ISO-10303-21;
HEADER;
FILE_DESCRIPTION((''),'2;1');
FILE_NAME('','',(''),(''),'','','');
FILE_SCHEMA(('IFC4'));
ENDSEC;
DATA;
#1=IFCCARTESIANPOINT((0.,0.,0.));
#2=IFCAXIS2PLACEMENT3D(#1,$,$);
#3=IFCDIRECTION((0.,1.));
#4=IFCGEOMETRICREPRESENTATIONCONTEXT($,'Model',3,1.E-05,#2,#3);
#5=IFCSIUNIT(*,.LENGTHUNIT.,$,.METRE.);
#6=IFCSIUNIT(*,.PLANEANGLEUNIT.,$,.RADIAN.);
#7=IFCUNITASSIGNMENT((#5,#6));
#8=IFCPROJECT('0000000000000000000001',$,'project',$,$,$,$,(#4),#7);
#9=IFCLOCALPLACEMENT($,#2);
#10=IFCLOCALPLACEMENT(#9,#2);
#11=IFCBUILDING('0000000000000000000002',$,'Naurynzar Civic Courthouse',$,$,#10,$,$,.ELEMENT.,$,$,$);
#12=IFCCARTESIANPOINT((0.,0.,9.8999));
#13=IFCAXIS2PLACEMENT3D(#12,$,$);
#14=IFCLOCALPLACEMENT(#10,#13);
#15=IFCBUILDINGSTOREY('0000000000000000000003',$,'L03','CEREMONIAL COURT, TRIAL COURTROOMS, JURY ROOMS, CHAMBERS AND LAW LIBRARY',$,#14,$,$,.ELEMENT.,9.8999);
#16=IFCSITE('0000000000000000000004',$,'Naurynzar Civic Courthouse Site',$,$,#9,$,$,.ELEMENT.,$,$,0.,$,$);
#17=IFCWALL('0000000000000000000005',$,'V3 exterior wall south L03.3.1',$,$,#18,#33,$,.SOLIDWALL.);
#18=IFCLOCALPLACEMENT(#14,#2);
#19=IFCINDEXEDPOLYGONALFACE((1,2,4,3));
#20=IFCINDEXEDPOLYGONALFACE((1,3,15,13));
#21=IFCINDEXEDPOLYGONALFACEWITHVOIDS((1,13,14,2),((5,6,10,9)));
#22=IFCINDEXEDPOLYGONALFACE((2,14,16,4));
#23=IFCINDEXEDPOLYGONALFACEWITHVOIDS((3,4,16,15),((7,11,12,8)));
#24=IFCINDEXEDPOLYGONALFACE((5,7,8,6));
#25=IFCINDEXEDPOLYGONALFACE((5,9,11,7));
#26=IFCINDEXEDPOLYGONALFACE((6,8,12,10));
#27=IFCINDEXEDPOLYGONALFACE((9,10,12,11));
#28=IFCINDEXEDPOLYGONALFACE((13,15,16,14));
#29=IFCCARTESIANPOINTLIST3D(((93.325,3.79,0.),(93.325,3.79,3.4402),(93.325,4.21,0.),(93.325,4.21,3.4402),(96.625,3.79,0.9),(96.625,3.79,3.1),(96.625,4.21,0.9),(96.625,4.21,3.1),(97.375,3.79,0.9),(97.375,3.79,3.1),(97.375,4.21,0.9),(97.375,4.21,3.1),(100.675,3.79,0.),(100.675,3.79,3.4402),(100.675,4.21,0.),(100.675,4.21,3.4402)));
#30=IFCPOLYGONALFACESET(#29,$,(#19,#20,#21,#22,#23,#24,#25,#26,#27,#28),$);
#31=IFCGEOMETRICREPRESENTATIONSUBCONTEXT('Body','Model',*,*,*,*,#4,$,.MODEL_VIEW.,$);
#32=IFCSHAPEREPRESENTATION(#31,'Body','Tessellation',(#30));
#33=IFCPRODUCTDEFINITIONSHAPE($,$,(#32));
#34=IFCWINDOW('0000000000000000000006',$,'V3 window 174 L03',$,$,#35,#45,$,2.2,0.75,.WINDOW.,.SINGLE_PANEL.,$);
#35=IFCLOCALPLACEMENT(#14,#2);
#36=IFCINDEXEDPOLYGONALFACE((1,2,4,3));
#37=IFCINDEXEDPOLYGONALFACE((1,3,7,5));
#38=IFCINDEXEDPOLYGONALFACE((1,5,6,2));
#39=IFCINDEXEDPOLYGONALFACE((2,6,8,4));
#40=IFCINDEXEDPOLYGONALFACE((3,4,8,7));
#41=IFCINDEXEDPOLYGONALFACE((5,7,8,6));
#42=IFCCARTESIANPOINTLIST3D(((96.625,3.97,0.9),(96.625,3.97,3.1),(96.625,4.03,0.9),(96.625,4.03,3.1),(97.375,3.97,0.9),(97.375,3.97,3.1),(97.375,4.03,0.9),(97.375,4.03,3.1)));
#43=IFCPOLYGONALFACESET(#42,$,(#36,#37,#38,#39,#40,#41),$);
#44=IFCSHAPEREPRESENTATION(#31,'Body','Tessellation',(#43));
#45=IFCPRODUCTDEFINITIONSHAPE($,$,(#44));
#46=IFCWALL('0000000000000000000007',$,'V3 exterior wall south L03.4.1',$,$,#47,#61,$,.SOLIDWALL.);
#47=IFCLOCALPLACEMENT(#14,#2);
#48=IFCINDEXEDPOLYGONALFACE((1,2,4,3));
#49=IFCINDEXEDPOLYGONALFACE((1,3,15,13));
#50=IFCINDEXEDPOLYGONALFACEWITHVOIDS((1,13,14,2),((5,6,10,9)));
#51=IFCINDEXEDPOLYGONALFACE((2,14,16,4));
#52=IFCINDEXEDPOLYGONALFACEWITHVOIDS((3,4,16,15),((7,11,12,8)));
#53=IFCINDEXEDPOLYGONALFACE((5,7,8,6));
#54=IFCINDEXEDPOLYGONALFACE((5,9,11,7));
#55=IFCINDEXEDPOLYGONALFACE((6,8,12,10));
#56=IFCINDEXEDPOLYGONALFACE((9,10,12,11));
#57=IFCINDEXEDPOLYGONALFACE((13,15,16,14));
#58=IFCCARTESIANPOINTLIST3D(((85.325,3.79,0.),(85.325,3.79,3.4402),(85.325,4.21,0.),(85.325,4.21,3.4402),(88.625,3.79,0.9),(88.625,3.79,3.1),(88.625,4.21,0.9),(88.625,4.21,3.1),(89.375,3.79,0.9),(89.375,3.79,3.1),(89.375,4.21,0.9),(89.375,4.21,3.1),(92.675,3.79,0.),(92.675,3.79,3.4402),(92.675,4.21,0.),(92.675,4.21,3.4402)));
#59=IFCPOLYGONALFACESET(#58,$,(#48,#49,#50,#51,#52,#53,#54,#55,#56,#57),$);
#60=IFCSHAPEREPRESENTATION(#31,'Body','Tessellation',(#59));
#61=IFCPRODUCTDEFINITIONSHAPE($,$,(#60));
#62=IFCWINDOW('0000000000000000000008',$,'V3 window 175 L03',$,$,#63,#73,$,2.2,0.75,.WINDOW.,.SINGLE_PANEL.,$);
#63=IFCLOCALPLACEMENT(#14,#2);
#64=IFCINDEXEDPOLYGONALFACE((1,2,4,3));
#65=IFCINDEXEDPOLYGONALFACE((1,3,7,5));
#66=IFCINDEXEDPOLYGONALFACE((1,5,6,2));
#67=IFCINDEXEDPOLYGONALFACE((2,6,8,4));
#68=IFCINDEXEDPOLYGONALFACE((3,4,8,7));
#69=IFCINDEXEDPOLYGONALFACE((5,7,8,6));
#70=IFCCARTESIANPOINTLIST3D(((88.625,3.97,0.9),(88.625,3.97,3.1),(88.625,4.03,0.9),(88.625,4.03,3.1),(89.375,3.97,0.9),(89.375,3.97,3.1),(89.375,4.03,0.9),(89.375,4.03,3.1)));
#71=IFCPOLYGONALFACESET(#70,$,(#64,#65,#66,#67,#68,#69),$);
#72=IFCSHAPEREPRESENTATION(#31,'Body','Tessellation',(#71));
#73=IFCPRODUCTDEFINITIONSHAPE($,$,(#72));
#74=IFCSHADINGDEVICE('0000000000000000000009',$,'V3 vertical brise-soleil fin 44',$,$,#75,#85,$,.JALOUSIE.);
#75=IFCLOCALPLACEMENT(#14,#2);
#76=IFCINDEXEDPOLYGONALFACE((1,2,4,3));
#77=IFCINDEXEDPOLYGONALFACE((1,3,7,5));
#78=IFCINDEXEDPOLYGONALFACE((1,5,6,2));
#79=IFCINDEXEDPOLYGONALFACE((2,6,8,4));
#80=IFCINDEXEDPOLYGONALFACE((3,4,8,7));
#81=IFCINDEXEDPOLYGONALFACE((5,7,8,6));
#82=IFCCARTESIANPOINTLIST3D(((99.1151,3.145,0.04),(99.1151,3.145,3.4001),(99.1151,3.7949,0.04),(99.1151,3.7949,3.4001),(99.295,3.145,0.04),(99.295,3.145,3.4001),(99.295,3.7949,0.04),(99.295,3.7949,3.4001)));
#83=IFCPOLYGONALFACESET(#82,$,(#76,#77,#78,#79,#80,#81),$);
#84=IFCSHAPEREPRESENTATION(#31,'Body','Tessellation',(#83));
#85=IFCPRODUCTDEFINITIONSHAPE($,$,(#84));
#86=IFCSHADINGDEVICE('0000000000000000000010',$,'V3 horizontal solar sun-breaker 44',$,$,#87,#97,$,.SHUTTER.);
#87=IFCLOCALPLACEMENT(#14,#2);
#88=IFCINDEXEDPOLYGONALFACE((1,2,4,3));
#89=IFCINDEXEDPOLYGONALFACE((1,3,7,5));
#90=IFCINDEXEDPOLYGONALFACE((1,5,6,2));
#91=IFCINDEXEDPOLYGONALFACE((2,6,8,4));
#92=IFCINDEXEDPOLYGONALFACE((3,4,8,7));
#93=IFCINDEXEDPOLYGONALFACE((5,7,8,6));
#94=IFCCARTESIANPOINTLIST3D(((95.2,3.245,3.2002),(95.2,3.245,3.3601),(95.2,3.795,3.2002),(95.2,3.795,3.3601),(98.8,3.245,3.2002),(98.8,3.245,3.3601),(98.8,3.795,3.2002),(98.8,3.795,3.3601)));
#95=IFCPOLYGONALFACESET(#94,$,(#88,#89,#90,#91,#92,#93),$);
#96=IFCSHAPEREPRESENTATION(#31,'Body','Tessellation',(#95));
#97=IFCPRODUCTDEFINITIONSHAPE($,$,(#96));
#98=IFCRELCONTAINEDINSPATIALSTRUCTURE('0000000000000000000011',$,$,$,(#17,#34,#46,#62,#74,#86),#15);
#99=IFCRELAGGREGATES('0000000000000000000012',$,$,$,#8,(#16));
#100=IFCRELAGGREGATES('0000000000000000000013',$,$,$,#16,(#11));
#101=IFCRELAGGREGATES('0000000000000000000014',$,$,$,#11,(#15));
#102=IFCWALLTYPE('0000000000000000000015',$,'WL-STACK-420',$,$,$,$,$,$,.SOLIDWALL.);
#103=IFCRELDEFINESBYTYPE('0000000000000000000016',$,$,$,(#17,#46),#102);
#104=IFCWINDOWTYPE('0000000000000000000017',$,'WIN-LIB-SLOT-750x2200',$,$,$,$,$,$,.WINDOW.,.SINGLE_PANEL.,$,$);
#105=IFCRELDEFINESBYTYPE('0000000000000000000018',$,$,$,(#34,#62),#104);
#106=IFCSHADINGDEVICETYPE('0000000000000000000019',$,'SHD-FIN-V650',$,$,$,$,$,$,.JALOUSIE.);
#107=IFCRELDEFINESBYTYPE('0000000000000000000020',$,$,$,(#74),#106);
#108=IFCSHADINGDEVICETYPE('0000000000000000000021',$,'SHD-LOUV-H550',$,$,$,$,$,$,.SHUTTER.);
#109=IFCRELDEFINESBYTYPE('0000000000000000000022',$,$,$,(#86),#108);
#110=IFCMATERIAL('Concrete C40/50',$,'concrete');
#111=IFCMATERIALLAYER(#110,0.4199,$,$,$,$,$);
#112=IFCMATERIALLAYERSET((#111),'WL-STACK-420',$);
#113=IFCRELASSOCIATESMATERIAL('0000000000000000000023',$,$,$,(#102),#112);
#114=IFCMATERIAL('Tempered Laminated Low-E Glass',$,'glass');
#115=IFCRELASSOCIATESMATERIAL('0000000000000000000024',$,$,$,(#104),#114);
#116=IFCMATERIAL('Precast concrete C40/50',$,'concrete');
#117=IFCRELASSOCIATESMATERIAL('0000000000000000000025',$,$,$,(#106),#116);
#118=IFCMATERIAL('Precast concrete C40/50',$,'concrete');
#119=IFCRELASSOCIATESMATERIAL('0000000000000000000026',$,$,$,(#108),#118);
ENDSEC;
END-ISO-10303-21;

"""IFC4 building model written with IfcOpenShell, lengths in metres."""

from ifc_helpers import new_model, si_unit, direction, frame, frame_2d, origin, origin_2d, place, context, subcontext, project, spatial, rectangle, extrude, material, layer, layer_set, type_object, element, fill, save


model = new_model("IFC4")

# Units and contexts
model_context = context("Model", 3, precision=1e-05, world=origin(), true_north=direction((0.0, 1.0)))
body_context = subcontext(model_context, "Body", "Model", "MODEL_VIEW")
ifc_project = project(units=[si_unit("LENGTHUNIT", "METRE"), si_unit("PLANEANGLEUNIT", "RADIAN")], contexts=[model_context])

# Site, building, storey
site_placement = place(None, origin())
site = spatial("IfcSite", under=ifc_project, at=site_placement, Name="Naurynzar Civic Courthouse Site", CompositionType="ELEMENT", RefElevation=0.0)
building_placement = place(site_placement, origin())
building = spatial("IfcBuilding", under=site, at=building_placement, Name="Naurynzar Civic Courthouse", CompositionType="ELEMENT")
storey_placement = place(building_placement, frame((0.0, 0.0, 9.8999)))
storey = spatial("IfcBuildingStorey", under=building, at=storey_placement, Name="L03", Description="CEREMONIAL COURT, TRIAL COURTROOMS, JURY ROOMS, CHAMBERS AND LAW LIBRARY", CompositionType="ELEMENT", Elevation=9.8999)

# Walls, openings, windows
ifc_material_1 = material(Name="Concrete C40/50", Category="concrete")
ifc_layer_1 = layer(ifc_material_1, 0.4199)
ifc_layer_set_1 = layer_set([ifc_layer_1], Name="WL-STACK-420")
wall_type_1 = type_object("IfcWallType", Name="WL-STACK-420", PredefinedType="SOLIDWALL", material=ifc_layer_set_1)
wall_1_placement = place(storey_placement, frame((100.675, 4.0, 0.0), z_axis=(0.0, 0.0, 1.0), x_axis=(-1.0, 0.0, 0.0)))
wall_1 = element("IfcWall", 1, at=wall_1_placement, inside=storey, type_object=wall_type_1, Name="V3 exterior wall south L03.3.1", PredefinedType="SOLIDWALL", context=body_context, shape_type="SweptSolid", body=[
    extrude(rectangle(XDim=7.3501, YDim=0.4199, at=frame_2d((3.675, 0.0))), origin(), (0.0, 0.0, 1.0), 3.4402),
])
opening_1_placement = place(wall_1_placement, frame((3.3, 0.0, 0.8999)))
opening_1 = element("IfcOpeningElement", 2, at=opening_1_placement, cuts=wall_1, PredefinedType="OPENING", context=body_context, shape_type="SweptSolid", body=[
    extrude(rectangle(XDim=0.75, YDim=2.2, at=frame_2d((0.375, 1.1001))), frame((0.0, 0.22, 0.0), z_axis=(0.0, -1.0, 0.0), x_axis=(1.0, 0.0, 0.0)), (0.0, 0.0, 1.0), 0.4399),
])
ifc_material_2 = material(Name="Tempered Laminated Low-E Glass", Category="glass")
window_type = type_object("IfcWindowType", Name="WIN-LIB-SLOT-750x2200", PartitioningType="SINGLE_PANEL", PredefinedType="WINDOW", material=ifc_material_2)
window_1_placement = place(opening_1_placement, origin())
window_1 = element("IfcWindow", 3, at=window_1_placement, inside=storey, type_object=window_type, Name="V3 window 174 L03", OverallHeight=2.2, OverallWidth=0.75, PartitioningType="SINGLE_PANEL", PredefinedType="WINDOW", context=body_context, shape_type="SweptSolid", body=[
    extrude(rectangle(XDim=0.75, YDim=2.2, at=frame_2d((0.375, 1.1001))), frame((0.0, 0.03, 0.0), z_axis=(0.0, -1.0, 0.0), x_axis=(1.0, 0.0, 0.0)), (0.0, 0.0, 1.0), 0.0601),
])
fill(opening_1, window_1)
wall_2_placement = place(storey_placement, frame((92.675, 4.0, 0.0), z_axis=(0.0, 0.0, 1.0), x_axis=(-1.0, 0.0, 0.0)))
wall_2 = element("IfcWall", 4, at=wall_2_placement, inside=storey, type_object=wall_type_1, Name="V3 exterior wall south L03.4.1", PredefinedType="SOLIDWALL", context=body_context, shape_type="SweptSolid", body=[
    extrude(rectangle(XDim=7.3501, YDim=0.4199, at=frame_2d((3.675, 0.0))), origin(), (0.0, 0.0, 1.0), 3.4402),
])
opening_2_placement = place(wall_2_placement, frame((3.3, 0.0, 0.8999)))
opening_2 = element("IfcOpeningElement", 5, at=opening_2_placement, cuts=wall_2, PredefinedType="OPENING", context=body_context, shape_type="SweptSolid", body=[
    extrude(rectangle(XDim=0.75, YDim=2.2, at=frame_2d((0.375, 1.1001))), frame((0.0, 0.22, 0.0), z_axis=(0.0, -1.0, 0.0), x_axis=(1.0, 0.0, 0.0)), (0.0, 0.0, 1.0), 0.4399),
])
window_2_placement = place(opening_2_placement, origin())
window_2 = element("IfcWindow", 6, at=window_2_placement, inside=storey, type_object=window_type, Name="V3 window 175 L03", OverallHeight=2.2, OverallWidth=0.75, PartitioningType="SINGLE_PANEL", PredefinedType="WINDOW", context=body_context, shape_type="SweptSolid", body=[
    extrude(rectangle(XDim=0.75, YDim=2.2, at=frame_2d((0.375, 1.1001))), frame((0.0, 0.03, 0.0), z_axis=(0.0, -1.0, 0.0), x_axis=(1.0, 0.0, 0.0)), (0.0, 0.0, 1.0), 0.0601),
])
fill(opening_2, window_2)

# Shading devices
ifc_material_3 = material(Name="Precast concrete C40/50", Category="concrete")
shading_device_type_1 = type_object("IfcShadingDeviceType", Name="SHD-FIN-V650", PredefinedType="JALOUSIE", material=ifc_material_3)
shading_device_1_placement = place(storey_placement, frame((99.2051, 3.47, 0.04), z_axis=(0.0, 0.0, 1.0), x_axis=(-1.0, 0.0, 0.0)))
element("IfcShadingDevice", 7, at=shading_device_1_placement, inside=storey, type_object=shading_device_type_1, Name="V3 vertical brise-soleil fin 44", PredefinedType="JALOUSIE", context=body_context, shape_type="SweptSolid", body=[
    extrude(rectangle(XDim=0.1799, YDim=0.6499, at=origin_2d()), origin(), (0.0, 0.0, 1.0), 3.3601),
])
ifc_material_4 = material(Name="Precast concrete C40/50", Category="concrete")
shading_device_type_2 = type_object("IfcShadingDeviceType", Name="SHD-LOUV-H550", PredefinedType="SHUTTER", material=ifc_material_4)
shading_device_2_placement = place(storey_placement, frame((97.0, 3.52, 3.2002), z_axis=(0.0, 0.0, 1.0), x_axis=(-1.0, 0.0, 0.0)))
element("IfcShadingDevice", 8, at=shading_device_2_placement, inside=storey, type_object=shading_device_type_2, Name="V3 horizontal solar sun-breaker 44", PredefinedType="SHUTTER", context=body_context, shape_type="SweptSolid", body=[
    extrude(rectangle(XDim=3.6001, YDim=0.55, at=origin_2d()), origin(), (0.0, 0.0, 1.0), 0.1599),
])

save(model, "model.ifc")
